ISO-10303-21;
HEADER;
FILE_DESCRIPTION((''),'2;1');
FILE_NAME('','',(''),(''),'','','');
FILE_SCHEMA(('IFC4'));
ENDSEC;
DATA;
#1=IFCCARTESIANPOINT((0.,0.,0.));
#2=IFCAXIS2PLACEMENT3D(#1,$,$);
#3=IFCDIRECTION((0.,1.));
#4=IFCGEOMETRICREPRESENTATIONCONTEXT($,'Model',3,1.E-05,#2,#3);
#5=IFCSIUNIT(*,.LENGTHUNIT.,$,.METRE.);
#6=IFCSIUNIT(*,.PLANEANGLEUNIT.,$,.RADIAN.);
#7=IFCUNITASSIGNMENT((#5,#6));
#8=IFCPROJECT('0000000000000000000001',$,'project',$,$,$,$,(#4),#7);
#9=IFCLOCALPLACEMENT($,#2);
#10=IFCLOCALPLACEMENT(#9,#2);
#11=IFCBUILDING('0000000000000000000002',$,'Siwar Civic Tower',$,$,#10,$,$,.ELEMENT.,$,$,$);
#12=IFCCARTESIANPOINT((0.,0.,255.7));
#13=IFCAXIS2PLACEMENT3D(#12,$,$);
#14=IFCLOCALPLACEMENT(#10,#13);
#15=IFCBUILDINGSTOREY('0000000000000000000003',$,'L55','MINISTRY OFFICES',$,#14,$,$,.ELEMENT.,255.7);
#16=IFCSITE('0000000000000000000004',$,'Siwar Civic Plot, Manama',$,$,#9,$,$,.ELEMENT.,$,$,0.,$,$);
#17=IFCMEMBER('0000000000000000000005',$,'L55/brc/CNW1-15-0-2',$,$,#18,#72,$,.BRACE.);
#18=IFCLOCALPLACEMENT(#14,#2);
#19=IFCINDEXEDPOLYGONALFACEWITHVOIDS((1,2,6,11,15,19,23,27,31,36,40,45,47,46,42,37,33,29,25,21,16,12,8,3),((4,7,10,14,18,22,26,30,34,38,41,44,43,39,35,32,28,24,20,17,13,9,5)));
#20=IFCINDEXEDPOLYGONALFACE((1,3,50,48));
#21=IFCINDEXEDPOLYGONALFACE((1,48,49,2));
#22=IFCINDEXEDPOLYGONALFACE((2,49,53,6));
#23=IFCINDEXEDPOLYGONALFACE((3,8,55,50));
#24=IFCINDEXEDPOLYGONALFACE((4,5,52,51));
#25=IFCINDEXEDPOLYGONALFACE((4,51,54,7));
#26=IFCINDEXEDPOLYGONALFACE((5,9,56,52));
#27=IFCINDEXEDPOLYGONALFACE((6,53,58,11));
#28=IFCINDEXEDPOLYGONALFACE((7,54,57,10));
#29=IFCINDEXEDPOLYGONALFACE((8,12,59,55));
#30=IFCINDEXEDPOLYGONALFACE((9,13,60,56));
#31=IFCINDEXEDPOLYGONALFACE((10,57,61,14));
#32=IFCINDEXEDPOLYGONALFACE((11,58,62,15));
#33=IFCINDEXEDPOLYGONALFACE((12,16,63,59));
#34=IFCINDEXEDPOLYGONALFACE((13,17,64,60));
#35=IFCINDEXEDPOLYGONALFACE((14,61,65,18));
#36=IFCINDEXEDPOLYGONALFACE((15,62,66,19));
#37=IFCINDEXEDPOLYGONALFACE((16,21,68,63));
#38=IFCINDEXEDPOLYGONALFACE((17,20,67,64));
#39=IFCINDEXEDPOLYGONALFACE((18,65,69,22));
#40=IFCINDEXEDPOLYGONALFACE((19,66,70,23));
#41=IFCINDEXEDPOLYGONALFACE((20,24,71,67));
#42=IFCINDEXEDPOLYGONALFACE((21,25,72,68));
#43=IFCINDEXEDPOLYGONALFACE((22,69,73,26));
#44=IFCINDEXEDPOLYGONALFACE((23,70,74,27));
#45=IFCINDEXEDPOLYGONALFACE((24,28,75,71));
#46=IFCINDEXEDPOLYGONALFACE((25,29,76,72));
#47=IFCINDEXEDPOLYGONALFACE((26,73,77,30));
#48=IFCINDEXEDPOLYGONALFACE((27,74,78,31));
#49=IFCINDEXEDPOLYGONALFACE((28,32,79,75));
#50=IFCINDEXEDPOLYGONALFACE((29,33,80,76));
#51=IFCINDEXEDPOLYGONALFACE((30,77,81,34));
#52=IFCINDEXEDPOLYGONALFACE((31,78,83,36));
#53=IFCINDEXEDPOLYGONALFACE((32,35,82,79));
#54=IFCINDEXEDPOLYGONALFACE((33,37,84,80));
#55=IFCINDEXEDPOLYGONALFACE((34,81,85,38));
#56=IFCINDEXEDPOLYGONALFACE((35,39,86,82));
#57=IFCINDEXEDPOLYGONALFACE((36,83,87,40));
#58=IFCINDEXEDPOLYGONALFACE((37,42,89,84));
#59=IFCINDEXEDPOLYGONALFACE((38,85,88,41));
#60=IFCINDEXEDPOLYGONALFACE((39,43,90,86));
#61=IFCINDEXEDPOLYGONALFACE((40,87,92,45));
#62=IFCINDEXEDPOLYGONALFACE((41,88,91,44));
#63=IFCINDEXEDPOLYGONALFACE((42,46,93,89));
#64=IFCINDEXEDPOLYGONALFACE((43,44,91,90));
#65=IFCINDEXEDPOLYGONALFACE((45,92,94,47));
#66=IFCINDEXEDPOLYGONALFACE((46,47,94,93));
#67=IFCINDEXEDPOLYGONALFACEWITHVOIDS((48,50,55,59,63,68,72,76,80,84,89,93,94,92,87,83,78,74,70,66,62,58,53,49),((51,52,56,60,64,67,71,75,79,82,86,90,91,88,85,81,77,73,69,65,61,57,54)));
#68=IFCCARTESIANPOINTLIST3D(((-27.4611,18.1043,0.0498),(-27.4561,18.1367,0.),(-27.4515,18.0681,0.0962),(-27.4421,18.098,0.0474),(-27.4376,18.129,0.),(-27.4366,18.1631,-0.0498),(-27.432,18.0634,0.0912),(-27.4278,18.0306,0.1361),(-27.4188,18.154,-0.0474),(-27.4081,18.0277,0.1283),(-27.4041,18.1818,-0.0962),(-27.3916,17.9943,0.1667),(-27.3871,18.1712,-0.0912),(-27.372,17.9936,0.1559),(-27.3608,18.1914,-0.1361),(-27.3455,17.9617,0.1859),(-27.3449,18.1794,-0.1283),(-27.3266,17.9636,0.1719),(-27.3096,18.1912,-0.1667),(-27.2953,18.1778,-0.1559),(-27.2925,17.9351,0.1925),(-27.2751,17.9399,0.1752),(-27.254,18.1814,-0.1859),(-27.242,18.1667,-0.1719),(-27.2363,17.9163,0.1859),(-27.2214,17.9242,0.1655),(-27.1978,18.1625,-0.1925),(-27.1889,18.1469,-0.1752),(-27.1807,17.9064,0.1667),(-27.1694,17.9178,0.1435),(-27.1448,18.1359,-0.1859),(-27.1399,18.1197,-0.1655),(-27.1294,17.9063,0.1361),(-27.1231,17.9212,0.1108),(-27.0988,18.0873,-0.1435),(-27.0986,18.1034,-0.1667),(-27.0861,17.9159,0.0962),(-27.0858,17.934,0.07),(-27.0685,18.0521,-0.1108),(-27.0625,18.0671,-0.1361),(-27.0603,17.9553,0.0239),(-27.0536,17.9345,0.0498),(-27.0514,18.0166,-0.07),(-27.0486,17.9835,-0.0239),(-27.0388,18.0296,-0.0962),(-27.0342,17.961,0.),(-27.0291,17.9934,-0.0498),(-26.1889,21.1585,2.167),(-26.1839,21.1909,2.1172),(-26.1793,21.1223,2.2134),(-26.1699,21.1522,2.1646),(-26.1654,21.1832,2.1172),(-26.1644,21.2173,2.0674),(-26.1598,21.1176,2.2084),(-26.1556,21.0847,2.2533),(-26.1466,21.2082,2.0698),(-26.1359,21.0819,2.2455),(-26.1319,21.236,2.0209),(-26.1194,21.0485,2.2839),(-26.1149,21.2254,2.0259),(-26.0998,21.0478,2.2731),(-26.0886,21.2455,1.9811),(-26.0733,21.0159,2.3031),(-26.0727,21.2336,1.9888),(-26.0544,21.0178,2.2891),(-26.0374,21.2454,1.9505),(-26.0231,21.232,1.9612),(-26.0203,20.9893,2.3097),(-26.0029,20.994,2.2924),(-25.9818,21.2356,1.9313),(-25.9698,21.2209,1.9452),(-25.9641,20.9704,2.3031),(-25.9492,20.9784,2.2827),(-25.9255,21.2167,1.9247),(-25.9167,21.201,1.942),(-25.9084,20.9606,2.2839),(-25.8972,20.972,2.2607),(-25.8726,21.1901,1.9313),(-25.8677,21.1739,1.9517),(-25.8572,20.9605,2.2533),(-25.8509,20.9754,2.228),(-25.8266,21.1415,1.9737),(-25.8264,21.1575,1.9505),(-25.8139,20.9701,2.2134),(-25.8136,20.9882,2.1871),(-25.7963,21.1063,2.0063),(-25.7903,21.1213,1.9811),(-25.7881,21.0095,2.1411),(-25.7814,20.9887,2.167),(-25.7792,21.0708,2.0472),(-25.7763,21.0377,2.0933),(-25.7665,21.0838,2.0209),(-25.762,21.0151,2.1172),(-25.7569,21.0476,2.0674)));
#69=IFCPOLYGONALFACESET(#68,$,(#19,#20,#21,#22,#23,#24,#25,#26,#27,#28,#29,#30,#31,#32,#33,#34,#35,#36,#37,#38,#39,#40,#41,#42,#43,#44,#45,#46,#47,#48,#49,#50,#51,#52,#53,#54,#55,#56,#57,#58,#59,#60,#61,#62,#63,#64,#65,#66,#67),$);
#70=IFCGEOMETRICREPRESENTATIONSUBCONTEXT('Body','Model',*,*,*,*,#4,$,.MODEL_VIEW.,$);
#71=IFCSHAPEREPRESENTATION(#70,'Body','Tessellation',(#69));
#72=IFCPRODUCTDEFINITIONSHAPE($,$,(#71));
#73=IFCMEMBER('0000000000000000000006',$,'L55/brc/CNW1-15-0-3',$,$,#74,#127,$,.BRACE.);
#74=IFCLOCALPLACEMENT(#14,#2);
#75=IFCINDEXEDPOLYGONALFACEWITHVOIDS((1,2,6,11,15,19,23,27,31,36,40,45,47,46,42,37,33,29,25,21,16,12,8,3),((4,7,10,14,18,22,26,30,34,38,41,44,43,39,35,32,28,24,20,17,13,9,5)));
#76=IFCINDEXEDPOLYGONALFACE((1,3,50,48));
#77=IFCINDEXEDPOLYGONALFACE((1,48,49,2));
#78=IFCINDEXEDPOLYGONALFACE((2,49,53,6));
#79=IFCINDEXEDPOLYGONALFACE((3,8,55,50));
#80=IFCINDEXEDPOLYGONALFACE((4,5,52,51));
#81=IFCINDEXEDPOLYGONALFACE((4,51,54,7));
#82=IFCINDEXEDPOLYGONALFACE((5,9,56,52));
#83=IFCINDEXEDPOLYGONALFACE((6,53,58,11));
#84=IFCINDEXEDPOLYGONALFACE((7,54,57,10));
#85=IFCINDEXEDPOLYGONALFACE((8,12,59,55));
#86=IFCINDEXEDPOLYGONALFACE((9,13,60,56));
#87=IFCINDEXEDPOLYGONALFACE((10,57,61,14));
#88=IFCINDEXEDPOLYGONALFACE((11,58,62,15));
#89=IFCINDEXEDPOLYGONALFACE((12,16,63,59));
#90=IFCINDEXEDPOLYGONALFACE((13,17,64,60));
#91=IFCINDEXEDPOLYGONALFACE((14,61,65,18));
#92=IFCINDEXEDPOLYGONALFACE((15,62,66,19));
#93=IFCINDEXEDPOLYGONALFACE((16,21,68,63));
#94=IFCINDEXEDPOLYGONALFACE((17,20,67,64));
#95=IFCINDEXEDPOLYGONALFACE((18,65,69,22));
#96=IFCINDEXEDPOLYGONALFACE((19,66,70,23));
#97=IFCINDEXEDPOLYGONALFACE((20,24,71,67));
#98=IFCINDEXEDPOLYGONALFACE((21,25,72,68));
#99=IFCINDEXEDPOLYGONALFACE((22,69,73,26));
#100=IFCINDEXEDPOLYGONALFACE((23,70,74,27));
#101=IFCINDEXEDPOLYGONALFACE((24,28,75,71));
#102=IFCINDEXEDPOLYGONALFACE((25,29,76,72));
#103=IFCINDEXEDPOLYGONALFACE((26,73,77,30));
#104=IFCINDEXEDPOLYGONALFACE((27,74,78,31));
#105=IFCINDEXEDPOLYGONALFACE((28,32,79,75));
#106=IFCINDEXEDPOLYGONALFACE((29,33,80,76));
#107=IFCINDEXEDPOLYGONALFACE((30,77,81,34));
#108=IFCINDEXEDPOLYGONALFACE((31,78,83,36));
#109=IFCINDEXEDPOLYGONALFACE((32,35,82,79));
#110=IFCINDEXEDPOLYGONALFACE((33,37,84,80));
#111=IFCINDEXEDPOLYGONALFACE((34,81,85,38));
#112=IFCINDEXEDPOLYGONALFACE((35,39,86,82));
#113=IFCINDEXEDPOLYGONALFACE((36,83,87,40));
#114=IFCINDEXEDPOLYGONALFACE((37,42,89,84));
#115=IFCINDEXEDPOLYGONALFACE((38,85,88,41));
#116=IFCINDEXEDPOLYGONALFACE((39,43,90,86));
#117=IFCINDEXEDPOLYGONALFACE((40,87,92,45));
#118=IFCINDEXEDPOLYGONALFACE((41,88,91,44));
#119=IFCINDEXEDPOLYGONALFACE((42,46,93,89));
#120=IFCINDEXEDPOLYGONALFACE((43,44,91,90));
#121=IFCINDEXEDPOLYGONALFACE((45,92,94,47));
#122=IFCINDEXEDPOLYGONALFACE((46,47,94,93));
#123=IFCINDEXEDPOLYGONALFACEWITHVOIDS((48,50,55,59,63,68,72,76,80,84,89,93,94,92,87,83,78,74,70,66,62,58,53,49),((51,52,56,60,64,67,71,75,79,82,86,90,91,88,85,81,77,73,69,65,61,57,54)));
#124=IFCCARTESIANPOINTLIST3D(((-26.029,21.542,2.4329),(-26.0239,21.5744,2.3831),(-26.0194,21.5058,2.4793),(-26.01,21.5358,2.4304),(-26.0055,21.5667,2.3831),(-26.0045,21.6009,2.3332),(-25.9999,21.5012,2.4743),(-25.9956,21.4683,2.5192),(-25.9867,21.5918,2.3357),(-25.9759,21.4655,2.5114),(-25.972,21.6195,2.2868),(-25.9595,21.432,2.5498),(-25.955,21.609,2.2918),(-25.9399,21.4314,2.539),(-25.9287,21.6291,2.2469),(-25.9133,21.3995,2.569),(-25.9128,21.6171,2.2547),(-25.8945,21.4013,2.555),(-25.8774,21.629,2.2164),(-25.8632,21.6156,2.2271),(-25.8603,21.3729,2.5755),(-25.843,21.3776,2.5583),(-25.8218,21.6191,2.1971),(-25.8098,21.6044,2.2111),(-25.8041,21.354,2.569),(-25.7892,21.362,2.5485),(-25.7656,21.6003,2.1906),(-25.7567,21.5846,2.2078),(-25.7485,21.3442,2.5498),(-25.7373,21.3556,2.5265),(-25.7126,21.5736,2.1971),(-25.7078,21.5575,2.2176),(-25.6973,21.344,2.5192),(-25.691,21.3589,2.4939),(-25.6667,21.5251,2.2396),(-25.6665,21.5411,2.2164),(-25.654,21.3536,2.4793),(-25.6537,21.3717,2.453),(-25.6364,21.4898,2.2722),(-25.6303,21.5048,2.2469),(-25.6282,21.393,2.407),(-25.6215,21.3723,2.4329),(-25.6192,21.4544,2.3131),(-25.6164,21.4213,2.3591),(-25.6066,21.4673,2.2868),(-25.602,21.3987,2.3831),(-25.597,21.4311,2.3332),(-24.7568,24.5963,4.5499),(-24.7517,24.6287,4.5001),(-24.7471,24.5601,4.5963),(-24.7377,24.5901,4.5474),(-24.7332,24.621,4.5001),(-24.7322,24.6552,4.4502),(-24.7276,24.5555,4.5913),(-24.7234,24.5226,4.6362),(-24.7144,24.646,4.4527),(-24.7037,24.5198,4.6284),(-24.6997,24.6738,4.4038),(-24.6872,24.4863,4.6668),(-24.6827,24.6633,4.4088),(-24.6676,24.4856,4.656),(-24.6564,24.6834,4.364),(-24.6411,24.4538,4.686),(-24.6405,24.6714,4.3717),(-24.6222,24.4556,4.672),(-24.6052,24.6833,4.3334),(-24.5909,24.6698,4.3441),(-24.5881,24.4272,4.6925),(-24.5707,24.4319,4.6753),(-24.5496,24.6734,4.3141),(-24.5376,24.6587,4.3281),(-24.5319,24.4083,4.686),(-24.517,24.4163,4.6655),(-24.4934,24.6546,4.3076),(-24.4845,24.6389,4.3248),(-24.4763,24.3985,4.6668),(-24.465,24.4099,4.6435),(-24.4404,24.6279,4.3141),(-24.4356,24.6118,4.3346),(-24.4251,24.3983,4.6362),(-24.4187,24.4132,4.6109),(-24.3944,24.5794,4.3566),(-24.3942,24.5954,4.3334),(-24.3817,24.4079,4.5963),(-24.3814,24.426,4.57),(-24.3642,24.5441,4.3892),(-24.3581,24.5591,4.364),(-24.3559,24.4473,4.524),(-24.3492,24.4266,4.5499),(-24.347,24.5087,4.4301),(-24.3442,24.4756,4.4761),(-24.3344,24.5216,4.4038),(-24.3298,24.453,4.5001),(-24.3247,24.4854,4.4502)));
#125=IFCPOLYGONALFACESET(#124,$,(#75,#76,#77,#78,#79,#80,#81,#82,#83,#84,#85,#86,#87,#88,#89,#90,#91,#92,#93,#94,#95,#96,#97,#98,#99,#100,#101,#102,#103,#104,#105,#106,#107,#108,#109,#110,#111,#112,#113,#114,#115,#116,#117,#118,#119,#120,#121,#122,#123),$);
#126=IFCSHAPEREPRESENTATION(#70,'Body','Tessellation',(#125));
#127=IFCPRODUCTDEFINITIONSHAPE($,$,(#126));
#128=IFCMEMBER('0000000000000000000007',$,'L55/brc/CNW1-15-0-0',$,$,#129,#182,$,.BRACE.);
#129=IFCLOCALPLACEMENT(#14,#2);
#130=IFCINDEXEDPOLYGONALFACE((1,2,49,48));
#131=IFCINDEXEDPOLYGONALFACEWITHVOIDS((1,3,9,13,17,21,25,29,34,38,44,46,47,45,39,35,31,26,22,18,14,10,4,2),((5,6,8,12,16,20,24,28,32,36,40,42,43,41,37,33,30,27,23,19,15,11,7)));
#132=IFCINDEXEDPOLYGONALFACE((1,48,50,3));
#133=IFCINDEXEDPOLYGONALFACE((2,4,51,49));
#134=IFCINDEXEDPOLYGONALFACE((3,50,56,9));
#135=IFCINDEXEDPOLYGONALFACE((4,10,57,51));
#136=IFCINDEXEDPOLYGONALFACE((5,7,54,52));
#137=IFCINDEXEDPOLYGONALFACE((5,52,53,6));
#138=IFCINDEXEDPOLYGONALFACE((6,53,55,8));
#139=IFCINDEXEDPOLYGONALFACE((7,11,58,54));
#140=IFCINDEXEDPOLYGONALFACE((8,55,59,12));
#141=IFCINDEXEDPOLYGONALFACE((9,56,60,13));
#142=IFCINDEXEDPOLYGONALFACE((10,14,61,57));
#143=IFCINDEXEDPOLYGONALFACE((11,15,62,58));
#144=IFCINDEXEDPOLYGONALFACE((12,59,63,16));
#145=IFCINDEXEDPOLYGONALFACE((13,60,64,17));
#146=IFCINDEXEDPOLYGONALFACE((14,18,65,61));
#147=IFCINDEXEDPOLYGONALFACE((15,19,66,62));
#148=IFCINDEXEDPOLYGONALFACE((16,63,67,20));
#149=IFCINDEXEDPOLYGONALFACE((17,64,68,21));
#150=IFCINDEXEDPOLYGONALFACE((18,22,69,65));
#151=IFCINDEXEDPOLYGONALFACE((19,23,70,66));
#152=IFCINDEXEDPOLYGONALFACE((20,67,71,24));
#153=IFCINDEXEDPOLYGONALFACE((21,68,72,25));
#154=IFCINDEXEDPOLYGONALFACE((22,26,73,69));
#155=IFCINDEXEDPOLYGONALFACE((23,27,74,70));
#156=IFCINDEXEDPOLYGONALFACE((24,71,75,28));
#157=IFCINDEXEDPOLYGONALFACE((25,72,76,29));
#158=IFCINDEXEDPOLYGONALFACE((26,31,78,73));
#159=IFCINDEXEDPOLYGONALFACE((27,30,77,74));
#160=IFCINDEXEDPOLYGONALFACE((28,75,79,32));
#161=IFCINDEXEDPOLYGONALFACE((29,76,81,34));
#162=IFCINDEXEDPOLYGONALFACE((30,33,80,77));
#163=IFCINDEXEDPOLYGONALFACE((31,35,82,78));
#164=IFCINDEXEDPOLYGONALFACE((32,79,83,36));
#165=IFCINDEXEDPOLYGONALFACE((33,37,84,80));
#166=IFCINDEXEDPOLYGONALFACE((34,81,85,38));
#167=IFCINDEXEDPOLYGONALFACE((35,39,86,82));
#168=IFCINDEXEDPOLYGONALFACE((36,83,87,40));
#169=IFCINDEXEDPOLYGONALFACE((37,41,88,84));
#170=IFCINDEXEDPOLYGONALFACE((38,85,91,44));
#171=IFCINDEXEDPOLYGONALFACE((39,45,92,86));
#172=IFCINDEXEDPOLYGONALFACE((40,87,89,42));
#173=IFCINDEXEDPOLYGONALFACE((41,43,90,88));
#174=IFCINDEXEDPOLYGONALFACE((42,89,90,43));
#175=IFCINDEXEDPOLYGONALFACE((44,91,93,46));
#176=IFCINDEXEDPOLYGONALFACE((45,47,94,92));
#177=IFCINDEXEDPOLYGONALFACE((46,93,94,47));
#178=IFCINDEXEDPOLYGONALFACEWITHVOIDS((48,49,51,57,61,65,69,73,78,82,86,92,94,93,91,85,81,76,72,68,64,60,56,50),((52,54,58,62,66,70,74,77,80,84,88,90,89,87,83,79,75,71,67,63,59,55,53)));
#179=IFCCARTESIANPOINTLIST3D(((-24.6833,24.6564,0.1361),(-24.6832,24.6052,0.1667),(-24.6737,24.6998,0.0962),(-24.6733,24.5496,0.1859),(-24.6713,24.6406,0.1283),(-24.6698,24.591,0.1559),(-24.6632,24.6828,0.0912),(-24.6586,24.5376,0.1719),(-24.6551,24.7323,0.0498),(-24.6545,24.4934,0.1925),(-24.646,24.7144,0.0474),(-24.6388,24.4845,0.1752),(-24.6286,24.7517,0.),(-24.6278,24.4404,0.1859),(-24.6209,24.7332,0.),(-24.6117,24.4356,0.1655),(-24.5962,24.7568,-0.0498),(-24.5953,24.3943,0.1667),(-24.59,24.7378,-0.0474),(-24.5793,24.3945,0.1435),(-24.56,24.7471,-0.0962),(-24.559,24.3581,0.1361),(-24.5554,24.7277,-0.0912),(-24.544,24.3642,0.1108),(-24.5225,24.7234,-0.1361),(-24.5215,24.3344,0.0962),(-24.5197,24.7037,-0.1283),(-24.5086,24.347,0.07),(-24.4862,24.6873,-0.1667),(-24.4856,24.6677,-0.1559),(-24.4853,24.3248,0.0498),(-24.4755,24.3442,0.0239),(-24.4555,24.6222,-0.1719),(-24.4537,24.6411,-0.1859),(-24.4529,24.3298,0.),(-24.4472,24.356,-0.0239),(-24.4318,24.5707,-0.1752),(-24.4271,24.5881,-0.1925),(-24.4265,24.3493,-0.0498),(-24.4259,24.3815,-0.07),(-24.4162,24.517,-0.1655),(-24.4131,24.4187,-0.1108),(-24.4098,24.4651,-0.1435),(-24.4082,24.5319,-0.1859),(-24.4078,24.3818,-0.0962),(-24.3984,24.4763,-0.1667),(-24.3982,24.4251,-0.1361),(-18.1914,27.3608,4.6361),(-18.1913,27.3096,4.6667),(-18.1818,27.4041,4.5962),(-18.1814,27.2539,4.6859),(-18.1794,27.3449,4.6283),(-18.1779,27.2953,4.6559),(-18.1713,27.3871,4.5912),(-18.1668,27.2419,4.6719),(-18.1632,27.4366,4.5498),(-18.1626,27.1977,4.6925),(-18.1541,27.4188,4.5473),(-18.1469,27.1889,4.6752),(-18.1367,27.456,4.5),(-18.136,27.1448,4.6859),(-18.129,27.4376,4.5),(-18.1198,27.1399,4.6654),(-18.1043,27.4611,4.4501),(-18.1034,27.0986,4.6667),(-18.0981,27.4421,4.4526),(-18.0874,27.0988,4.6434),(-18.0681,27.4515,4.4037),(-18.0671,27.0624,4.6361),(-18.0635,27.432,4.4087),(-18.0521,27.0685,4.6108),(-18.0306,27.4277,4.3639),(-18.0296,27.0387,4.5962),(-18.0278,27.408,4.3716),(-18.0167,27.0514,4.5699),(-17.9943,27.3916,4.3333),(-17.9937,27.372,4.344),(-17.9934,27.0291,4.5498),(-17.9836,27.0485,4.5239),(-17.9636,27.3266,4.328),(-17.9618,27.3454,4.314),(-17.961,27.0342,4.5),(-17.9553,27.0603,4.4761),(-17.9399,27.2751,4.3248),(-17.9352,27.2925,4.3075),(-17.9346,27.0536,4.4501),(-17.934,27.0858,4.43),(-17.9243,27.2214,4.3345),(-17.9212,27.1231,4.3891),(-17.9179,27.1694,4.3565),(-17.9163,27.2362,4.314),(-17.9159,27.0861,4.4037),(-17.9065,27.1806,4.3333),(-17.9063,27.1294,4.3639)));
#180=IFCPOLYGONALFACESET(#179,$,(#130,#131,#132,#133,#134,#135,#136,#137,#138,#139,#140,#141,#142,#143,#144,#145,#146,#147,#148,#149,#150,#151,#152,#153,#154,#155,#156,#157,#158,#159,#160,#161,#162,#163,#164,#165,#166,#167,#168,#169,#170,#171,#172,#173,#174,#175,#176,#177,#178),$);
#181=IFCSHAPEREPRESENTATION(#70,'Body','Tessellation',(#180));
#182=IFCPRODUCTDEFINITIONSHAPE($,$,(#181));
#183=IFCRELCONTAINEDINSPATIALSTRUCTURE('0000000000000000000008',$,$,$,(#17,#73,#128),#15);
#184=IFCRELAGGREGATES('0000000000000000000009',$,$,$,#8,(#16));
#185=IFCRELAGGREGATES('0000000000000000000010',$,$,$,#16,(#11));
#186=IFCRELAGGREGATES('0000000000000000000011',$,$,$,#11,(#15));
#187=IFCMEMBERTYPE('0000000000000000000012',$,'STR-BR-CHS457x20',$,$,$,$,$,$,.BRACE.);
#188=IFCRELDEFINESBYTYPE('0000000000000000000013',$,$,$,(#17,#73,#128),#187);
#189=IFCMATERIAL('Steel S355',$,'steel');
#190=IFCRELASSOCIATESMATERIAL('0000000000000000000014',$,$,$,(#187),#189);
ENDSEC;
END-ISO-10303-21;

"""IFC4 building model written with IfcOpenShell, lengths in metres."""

from ifc_helpers import new_model, si_unit, direction, frame, origin, origin_2d, place, context, subcontext, project, spatial, hollow_circle, extrude, material, material_profile, profile_set, type_object, element, save


model = new_model("IFC4")

# Units and contexts
model_context = context("Model", 3, precision=1e-05, world=origin(), true_north=direction((0.0, 1.0)))
body_context = subcontext(model_context, "Body", "Model", "MODEL_VIEW")
ifc_project = project(units=[si_unit("LENGTHUNIT", "METRE"), si_unit("PLANEANGLEUNIT", "RADIAN")], contexts=[model_context])

# Site, building, storey
site_placement = place(None, origin())
site = spatial("IfcSite", under=ifc_project, at=site_placement, Name="Siwar Civic Plot, Manama", CompositionType="ELEMENT", RefElevation=0.0)
building_placement = place(site_placement, origin())
building = spatial("IfcBuilding", under=site, at=building_placement, Name="Siwar Civic Tower", CompositionType="ELEMENT")
storey_placement = place(building_placement, frame((0.0, 0.0, 255.7)))
storey = spatial("IfcBuildingStorey", under=building, at=storey_placement, Name="L55", Description="MINISTRY OFFICES", CompositionType="ELEMENT", Elevation=255.7)

# Members
ifc_material_1 = material(Name="Steel S355", Category="steel")
ifc_material_profile_1 = material_profile(ifc_material_1, hollow_circle(Radius=0.2285, WallThickness=0.02, at=origin_2d()), Name="CHS457x20")
ifc_profile_set_1 = profile_set([ifc_material_profile_1], Name="Steel S355")
member_type_1 = type_object("IfcMemberType", Name="STR-BR-CHS457x20", PredefinedType="BRACE", material=ifc_profile_set_1)
for number, where, z_axis, x_axis, name in (
    (1, (-27.2451, 18.0488, 0.0), (0.323884, 0.777546, 0.538999), (-0.923116, 0.384521, 0.0), "L55/brc/CNW1-15-0-2"),
    (2, (-25.813, 21.4866, 2.3831), (0.323895, 0.777572, 0.538955), (-0.923116, 0.384521, 0.0), "L55/brc/CNW1-15-0-3"),
):
    element("IfcMember", number, at=place(storey_placement, frame(where, z_axis=z_axis, x_axis=x_axis)), inside=storey, type_object=member_type_1, Name=name, PredefinedType="BRACE", context=body_context, shape_type="SweptSolid", body=[
        extrude(hollow_circle(Radius=0.2285, WallThickness=0.02, at=origin_2d()), origin(), (0.0, 0.0, 1.0), 3.928),
    ])
member_1_placement = place(storey_placement, frame((-24.5408, 24.5408, 0.0), z_axis=(0.777555, 0.323906, 0.538975), x_axis=(-0.384539, 0.923109, 0.0)))
element("IfcMember", 3, at=member_1_placement, inside=storey, type_object=member_type_1, Name="L55/brc/CNW1-15-0-0", PredefinedType="BRACE", context=body_context, shape_type="SweptSolid", body=[
    extrude(hollow_circle(Radius=0.2285, WallThickness=0.02, at=origin_2d()), origin(), (0.0, 0.0, 1.0), 8.3491),
])

save(model, "model.ifc")
